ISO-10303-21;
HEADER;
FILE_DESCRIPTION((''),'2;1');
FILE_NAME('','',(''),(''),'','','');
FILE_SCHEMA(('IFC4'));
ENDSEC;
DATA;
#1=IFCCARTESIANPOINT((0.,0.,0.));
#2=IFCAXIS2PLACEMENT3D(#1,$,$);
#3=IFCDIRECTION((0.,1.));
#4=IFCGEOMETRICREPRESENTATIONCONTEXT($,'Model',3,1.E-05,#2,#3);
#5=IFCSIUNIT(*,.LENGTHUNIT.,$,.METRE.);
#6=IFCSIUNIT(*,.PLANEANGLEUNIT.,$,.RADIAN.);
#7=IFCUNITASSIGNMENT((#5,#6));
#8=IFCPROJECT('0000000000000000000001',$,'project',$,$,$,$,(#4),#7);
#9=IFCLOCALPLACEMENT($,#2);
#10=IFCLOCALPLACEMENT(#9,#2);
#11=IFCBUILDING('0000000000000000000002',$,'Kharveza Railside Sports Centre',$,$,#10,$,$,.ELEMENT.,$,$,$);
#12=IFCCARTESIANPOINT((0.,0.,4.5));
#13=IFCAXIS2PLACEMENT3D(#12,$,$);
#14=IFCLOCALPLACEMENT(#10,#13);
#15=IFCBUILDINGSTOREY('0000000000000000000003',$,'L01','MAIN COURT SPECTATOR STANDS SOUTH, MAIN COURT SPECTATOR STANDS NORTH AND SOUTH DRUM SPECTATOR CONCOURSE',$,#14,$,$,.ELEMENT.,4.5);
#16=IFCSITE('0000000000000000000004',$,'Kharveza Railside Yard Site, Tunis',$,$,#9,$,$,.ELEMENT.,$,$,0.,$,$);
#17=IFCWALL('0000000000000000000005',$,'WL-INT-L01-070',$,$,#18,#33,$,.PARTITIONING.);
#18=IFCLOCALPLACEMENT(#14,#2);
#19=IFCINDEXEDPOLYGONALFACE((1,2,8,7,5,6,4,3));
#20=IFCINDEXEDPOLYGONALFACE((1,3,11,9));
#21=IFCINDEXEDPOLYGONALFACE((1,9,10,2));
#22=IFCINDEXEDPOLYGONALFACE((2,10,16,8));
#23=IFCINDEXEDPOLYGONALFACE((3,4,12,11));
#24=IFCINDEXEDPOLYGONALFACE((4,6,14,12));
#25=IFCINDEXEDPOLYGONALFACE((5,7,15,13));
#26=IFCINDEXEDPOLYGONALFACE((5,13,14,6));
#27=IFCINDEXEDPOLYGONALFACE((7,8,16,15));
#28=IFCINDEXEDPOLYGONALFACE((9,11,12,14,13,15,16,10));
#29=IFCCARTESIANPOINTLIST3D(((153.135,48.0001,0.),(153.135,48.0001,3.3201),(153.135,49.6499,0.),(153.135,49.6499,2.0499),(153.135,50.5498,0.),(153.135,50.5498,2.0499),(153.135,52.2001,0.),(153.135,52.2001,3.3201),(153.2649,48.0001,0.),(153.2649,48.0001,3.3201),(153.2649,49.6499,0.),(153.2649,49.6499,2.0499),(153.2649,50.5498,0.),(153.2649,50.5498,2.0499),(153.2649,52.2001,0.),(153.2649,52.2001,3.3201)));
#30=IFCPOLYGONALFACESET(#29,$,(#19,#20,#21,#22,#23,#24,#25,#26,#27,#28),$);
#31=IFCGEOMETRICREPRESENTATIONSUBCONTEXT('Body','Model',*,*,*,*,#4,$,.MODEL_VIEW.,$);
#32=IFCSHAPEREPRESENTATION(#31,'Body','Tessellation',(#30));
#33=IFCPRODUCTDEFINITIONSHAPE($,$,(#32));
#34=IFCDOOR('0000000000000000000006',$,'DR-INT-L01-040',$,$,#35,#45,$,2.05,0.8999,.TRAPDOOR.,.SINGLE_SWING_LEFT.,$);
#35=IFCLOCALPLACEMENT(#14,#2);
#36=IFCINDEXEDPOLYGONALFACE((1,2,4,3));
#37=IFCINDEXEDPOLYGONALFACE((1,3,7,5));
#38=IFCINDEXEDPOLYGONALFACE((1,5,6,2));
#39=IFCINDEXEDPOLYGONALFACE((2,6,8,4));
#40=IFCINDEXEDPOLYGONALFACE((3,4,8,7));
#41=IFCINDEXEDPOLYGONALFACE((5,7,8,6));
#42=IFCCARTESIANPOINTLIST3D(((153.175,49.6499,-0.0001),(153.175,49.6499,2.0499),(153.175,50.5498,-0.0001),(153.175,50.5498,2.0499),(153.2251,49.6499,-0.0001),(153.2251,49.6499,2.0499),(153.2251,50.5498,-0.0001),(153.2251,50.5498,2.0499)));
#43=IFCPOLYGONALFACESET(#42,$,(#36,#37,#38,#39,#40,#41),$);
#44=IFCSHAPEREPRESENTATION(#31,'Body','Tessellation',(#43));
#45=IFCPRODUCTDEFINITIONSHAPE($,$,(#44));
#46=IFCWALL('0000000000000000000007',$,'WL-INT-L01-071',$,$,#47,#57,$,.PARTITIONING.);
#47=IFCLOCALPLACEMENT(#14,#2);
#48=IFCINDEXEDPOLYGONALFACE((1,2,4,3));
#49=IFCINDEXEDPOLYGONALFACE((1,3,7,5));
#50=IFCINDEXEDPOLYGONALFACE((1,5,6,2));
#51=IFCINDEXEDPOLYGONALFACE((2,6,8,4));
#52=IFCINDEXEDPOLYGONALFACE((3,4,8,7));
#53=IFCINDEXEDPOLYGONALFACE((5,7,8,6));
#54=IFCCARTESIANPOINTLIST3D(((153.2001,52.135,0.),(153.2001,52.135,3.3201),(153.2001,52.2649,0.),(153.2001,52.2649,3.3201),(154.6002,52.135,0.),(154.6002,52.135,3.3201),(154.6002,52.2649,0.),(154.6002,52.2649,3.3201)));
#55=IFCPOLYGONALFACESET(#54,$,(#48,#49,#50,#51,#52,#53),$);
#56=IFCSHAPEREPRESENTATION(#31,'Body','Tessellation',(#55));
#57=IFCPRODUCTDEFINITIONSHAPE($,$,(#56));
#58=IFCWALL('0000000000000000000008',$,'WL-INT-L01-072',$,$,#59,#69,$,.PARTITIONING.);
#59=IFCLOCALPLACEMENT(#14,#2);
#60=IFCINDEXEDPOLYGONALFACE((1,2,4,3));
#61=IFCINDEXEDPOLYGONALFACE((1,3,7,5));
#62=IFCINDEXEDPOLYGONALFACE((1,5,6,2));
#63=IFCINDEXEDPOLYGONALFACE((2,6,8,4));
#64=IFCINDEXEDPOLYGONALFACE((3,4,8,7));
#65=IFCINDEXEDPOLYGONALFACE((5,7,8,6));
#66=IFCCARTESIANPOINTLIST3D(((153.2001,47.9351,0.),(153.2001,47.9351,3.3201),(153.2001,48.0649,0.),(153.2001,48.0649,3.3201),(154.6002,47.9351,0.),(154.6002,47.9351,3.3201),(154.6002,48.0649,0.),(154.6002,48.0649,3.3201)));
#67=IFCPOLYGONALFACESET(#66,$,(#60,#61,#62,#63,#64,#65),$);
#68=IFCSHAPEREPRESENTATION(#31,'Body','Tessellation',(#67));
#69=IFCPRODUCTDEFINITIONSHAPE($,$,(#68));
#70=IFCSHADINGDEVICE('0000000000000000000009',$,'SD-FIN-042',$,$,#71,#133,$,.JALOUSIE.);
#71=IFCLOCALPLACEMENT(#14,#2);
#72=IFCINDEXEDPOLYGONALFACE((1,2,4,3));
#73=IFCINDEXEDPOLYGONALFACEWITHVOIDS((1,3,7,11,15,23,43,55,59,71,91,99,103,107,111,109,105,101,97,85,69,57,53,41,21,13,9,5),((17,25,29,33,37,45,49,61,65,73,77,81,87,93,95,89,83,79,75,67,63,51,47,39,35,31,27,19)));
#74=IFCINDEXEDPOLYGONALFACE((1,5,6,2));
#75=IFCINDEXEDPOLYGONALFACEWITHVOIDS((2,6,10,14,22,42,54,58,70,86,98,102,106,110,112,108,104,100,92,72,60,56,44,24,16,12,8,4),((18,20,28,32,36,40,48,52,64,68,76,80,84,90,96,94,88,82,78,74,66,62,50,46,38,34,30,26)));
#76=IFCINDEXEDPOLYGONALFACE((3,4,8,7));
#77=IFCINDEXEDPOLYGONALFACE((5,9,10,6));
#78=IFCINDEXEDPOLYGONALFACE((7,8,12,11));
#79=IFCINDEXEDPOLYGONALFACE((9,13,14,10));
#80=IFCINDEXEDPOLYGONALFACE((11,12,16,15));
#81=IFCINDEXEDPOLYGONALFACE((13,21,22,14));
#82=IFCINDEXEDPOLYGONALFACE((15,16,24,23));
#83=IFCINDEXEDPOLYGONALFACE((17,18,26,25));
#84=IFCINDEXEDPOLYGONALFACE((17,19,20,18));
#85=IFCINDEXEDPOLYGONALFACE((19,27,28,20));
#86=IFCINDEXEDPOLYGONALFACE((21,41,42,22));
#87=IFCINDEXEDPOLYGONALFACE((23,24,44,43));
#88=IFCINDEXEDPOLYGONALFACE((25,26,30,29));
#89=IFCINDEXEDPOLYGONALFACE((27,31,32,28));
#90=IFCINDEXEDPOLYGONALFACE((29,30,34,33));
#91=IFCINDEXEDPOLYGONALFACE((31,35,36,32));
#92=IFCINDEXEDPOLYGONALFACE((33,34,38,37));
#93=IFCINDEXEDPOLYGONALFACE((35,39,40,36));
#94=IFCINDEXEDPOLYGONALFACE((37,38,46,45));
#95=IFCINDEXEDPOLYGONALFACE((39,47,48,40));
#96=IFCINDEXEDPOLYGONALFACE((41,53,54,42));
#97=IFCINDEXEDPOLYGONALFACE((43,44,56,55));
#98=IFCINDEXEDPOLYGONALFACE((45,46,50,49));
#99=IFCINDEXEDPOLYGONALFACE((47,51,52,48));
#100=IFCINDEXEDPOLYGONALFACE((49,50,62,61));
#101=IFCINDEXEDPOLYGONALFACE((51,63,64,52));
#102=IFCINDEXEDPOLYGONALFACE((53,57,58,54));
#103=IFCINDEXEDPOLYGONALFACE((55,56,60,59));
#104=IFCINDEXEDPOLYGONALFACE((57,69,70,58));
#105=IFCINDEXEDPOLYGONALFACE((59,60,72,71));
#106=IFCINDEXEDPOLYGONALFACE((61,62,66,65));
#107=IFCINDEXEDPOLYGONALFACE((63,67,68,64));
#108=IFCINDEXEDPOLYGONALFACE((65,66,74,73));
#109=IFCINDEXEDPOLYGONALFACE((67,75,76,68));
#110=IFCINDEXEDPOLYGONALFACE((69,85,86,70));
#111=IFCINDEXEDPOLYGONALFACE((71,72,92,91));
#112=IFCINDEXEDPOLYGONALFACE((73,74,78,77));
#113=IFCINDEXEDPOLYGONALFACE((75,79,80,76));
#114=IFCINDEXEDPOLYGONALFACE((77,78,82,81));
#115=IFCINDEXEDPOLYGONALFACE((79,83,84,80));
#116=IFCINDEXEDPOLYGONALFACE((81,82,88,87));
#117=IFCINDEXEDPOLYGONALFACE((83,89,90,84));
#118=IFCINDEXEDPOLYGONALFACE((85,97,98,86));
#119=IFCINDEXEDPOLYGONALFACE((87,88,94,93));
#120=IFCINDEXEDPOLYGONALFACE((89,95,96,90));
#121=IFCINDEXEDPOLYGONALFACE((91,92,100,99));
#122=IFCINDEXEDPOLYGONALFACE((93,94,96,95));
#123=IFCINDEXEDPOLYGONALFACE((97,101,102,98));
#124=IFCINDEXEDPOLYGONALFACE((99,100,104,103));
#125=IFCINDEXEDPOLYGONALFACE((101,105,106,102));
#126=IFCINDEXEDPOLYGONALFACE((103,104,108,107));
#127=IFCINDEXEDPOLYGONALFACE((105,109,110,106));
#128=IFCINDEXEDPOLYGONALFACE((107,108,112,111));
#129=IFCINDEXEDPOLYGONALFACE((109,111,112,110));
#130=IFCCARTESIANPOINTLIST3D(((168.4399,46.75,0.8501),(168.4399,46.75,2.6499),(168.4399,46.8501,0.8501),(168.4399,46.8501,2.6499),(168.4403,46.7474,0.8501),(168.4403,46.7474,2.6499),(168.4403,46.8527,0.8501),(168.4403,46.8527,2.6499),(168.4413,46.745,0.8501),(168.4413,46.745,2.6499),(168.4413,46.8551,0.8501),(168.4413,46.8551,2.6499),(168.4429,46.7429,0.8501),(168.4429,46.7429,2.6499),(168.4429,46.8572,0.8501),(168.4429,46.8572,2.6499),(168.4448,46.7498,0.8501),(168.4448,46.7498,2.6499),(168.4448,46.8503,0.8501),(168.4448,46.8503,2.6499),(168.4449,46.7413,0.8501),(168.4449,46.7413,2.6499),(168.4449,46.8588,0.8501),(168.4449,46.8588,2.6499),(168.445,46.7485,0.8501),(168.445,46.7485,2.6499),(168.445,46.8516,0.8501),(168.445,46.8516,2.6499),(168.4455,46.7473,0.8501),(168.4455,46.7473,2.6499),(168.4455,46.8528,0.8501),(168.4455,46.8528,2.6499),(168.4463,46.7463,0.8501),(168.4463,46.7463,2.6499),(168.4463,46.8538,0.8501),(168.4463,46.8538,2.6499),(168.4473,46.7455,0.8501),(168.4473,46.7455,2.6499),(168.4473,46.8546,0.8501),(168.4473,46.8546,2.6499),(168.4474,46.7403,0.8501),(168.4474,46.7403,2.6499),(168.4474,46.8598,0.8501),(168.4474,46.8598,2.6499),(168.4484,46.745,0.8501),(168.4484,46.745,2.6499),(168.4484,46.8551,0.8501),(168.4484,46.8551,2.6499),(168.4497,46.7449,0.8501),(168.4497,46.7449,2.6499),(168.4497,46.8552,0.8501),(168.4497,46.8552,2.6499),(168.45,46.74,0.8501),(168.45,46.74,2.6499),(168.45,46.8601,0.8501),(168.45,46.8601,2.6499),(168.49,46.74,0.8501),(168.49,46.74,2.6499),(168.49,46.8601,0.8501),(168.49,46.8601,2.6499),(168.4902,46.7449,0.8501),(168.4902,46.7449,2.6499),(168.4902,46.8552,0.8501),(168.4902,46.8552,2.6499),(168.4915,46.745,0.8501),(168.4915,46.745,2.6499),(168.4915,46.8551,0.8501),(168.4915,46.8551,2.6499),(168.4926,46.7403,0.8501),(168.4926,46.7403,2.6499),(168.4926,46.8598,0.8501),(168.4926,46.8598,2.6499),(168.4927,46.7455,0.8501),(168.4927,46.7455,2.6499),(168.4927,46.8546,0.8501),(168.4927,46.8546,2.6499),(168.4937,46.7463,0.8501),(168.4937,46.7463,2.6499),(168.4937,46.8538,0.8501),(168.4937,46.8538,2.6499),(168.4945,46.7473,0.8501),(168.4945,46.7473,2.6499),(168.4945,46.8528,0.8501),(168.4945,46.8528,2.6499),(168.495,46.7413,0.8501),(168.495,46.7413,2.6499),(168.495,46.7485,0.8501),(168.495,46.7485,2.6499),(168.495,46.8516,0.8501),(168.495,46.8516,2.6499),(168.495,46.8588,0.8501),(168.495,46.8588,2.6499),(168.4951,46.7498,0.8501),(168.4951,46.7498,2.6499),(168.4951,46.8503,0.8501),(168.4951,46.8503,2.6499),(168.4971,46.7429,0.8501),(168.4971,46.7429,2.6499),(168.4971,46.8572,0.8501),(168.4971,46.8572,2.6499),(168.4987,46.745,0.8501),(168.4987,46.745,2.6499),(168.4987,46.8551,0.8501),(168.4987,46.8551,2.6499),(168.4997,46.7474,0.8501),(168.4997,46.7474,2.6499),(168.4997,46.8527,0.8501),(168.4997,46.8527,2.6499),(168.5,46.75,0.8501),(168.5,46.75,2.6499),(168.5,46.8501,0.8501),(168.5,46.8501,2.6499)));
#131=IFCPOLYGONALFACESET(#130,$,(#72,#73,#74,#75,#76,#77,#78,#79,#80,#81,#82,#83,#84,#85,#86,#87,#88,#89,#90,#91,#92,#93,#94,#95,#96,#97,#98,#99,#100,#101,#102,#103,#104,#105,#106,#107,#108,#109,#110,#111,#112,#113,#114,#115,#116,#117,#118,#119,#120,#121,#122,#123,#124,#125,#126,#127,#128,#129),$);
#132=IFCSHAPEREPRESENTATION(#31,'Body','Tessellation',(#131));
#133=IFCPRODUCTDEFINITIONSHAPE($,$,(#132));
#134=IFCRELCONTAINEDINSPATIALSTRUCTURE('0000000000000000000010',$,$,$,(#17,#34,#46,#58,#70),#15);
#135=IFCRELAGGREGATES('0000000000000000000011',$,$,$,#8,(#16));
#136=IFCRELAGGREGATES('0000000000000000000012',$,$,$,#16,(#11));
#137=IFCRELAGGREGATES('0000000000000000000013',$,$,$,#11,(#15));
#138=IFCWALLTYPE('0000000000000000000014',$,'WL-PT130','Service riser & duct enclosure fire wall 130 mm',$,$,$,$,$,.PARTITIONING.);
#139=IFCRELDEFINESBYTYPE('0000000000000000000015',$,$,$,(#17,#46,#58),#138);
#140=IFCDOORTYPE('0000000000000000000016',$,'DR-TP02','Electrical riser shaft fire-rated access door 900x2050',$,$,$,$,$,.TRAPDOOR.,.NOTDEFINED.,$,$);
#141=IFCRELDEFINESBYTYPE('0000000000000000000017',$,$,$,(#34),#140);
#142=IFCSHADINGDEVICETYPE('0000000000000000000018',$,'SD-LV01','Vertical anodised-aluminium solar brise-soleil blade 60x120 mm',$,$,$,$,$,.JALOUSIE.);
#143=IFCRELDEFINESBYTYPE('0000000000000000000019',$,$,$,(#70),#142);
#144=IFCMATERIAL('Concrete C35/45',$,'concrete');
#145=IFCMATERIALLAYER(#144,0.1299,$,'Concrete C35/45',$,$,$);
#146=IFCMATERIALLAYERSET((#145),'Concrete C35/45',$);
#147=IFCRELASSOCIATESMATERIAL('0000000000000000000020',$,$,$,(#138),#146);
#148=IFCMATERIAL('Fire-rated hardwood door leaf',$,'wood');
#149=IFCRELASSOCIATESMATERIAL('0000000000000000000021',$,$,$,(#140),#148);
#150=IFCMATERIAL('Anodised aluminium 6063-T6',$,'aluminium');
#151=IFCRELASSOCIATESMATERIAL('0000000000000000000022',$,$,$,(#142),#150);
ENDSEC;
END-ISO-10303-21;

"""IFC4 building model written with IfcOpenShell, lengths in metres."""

from ifc_helpers import new_model, si_unit, direction, frame, frame_2d, origin, origin_2d, place, context, subcontext, project, spatial, rectangle, hollow_rectangle, extrude, material, layer, layer_set, material_profile, profile_set, type_object, element, fill, save


model = new_model("IFC4")

# Units and contexts
model_context = context("Model", 3, precision=1e-05, world=origin(), true_north=direction((0.0, 1.0)))
body_context = subcontext(model_context, "Body", "Model", "MODEL_VIEW")
ifc_project = project(units=[si_unit("LENGTHUNIT", "METRE"), si_unit("PLANEANGLEUNIT", "RADIAN")], contexts=[model_context])

# Site, building, storey
site_placement = place(None, origin())
site = spatial("IfcSite", under=ifc_project, at=site_placement, Name="Kharveza Railside Yard Site, Tunis", CompositionType="ELEMENT", RefElevation=0.0)
building_placement = place(site_placement, origin())
building = spatial("IfcBuilding", under=site, at=building_placement, Name="Kharveza Railside Sports Centre", CompositionType="ELEMENT")
storey_placement = place(building_placement, frame((0.0, 0.0, 4.5)))
storey = spatial("IfcBuildingStorey", under=building, at=storey_placement, Name="L01", Description="MAIN COURT SPECTATOR STANDS SOUTH, MAIN COURT SPECTATOR STANDS NORTH AND SOUTH DRUM SPECTATOR CONCOURSE", CompositionType="ELEMENT", Elevation=4.5)

# Wall, opening, door
ifc_material_1 = material(Name="Concrete C35/45", Category="concrete")
ifc_layer_1 = layer(ifc_material_1, 0.1299, Name="Concrete C35/45")
ifc_layer_set_1 = layer_set([ifc_layer_1], Name="Concrete C35/45")
wall_type_1 = type_object("IfcWallType", Name="WL-PT130", Description="Service riser & duct enclosure fire wall 130 mm", PredefinedType="PARTITIONING", material=ifc_layer_set_1)
wall_1_placement = place(storey_placement, frame((153.2, 48.0, 0.0), z_axis=(0.0, 0.0, 1.0), x_axis=(0.0, 1.0, 0.0)))
wall_1 = element("IfcWall", 1, at=wall_1_placement, inside=storey, type_object=wall_type_1, Name="WL-INT-L01-070", PredefinedType="PARTITIONING", context=body_context, shape_type="SweptSolid", body=[
    extrude(rectangle(XDim=4.2, YDim=0.1299, at=frame_2d((2.1001, 0.0))), origin(), (0.0, 0.0, 1.0), 3.3201),
])
opening_1_placement = place(wall_1_placement, frame((1.6499, 0.0, 0.0)))
opening_1 = element("IfcOpeningElement", 2, at=opening_1_placement, cuts=wall_1, PredefinedType="OPENING", context=body_context, shape_type="SweptSolid", body=[
    extrude(rectangle(XDim=0.8999, YDim=2.05, at=frame_2d((0.45, 1.0249))), frame((0.0, 0.0898, 0.0), z_axis=(0.0, -1.0, 0.0), x_axis=(1.0, 0.0, 0.0)), (0.0, 0.0, 1.0), 0.1797),
])
ifc_material_2 = material(Name="Fire-rated hardwood door leaf", Category="wood")
door_type = type_object("IfcDoorType", Name="DR-TP02", Description="Electrical riser shaft fire-rated access door 900x2050", OperationType="NOTDEFINED", PredefinedType="TRAPDOOR", material=ifc_material_2)
door_placement = place(opening_1_placement, origin())
door = element("IfcDoor", 3, at=door_placement, inside=storey, type_object=door_type, Name="DR-INT-L01-040", OperationType="SINGLE_SWING_LEFT", OverallHeight=2.05, OverallWidth=0.8999, PredefinedType="TRAPDOOR", context=body_context, shape_type="SweptSolid", body=[
    extrude(rectangle(XDim=0.8999, YDim=2.05, at=frame_2d((0.45, 1.0249))), frame((0.0, 0.0249, 0.0), z_axis=(0.0, -1.0, 0.0), x_axis=(1.0, 0.0, 0.0)), (0.0, 0.0, 1.0), 0.05),
])
fill(opening_1, door)

# Walls
for number, where, z_axis, x_axis, name in (
    (4, (153.2, 52.2, 0.0), (0.0, 0.0, 1.0), (1.0, 0.0, 0.0), "WL-INT-L01-071"),
    (5, (153.2, 48.0, 0.0), (0.0, 0.0, 1.0), (1.0, 0.0, 0.0), "WL-INT-L01-072"),
):
    element("IfcWall", number, at=place(storey_placement, frame(where, z_axis=z_axis, x_axis=x_axis)), inside=storey, type_object=wall_type_1, Name=name, PredefinedType="PARTITIONING", context=body_context, shape_type="SweptSolid", body=[
        extrude(rectangle(XDim=1.4001, YDim=0.1299, at=frame_2d((0.7002, 0.0))), origin(), (0.0, 0.0, 1.0), 3.3201),
    ])

# Shading device
ifc_material_3 = material(Name="Anodised aluminium 6063-T6", Category="aluminium")
ifc_material_profile_1 = material_profile(ifc_material_3, hollow_rectangle(XDim=0.0601, YDim=0.1201, WallThickness=0.0049, InnerFilletRadius=0.0049, OuterFilletRadius=0.01, at=origin_2d()), Name="RHS 60x120x5.0")
ifc_profile_set_1 = profile_set([ifc_material_profile_1], Name="Anodised aluminium 6063-T6")
shading_device_type = type_object("IfcShadingDeviceType", Name="SD-LV01", Description="Vertical anodised-aluminium solar brise-soleil blade 60x120 mm", PredefinedType="JALOUSIE", material=ifc_profile_set_1)
shading_device_1_placement = place(storey_placement, frame((168.47, 46.8, 0.8501), z_axis=(0.0, 0.0, 1.0), x_axis=(1.0, 0.0, 0.0)))
element("IfcShadingDevice", 6, at=shading_device_1_placement, inside=storey, type_object=shading_device_type, Name="SD-FIN-042", PredefinedType="JALOUSIE", context=body_context, shape_type="SweptSolid", body=[
    extrude(hollow_rectangle(XDim=0.0601, YDim=0.1201, WallThickness=0.0049, InnerFilletRadius=0.0049, OuterFilletRadius=0.01, at=origin_2d()), origin(), (0.0, 0.0, 1.0), 1.7998),
])

save(model, "model.ifc")
